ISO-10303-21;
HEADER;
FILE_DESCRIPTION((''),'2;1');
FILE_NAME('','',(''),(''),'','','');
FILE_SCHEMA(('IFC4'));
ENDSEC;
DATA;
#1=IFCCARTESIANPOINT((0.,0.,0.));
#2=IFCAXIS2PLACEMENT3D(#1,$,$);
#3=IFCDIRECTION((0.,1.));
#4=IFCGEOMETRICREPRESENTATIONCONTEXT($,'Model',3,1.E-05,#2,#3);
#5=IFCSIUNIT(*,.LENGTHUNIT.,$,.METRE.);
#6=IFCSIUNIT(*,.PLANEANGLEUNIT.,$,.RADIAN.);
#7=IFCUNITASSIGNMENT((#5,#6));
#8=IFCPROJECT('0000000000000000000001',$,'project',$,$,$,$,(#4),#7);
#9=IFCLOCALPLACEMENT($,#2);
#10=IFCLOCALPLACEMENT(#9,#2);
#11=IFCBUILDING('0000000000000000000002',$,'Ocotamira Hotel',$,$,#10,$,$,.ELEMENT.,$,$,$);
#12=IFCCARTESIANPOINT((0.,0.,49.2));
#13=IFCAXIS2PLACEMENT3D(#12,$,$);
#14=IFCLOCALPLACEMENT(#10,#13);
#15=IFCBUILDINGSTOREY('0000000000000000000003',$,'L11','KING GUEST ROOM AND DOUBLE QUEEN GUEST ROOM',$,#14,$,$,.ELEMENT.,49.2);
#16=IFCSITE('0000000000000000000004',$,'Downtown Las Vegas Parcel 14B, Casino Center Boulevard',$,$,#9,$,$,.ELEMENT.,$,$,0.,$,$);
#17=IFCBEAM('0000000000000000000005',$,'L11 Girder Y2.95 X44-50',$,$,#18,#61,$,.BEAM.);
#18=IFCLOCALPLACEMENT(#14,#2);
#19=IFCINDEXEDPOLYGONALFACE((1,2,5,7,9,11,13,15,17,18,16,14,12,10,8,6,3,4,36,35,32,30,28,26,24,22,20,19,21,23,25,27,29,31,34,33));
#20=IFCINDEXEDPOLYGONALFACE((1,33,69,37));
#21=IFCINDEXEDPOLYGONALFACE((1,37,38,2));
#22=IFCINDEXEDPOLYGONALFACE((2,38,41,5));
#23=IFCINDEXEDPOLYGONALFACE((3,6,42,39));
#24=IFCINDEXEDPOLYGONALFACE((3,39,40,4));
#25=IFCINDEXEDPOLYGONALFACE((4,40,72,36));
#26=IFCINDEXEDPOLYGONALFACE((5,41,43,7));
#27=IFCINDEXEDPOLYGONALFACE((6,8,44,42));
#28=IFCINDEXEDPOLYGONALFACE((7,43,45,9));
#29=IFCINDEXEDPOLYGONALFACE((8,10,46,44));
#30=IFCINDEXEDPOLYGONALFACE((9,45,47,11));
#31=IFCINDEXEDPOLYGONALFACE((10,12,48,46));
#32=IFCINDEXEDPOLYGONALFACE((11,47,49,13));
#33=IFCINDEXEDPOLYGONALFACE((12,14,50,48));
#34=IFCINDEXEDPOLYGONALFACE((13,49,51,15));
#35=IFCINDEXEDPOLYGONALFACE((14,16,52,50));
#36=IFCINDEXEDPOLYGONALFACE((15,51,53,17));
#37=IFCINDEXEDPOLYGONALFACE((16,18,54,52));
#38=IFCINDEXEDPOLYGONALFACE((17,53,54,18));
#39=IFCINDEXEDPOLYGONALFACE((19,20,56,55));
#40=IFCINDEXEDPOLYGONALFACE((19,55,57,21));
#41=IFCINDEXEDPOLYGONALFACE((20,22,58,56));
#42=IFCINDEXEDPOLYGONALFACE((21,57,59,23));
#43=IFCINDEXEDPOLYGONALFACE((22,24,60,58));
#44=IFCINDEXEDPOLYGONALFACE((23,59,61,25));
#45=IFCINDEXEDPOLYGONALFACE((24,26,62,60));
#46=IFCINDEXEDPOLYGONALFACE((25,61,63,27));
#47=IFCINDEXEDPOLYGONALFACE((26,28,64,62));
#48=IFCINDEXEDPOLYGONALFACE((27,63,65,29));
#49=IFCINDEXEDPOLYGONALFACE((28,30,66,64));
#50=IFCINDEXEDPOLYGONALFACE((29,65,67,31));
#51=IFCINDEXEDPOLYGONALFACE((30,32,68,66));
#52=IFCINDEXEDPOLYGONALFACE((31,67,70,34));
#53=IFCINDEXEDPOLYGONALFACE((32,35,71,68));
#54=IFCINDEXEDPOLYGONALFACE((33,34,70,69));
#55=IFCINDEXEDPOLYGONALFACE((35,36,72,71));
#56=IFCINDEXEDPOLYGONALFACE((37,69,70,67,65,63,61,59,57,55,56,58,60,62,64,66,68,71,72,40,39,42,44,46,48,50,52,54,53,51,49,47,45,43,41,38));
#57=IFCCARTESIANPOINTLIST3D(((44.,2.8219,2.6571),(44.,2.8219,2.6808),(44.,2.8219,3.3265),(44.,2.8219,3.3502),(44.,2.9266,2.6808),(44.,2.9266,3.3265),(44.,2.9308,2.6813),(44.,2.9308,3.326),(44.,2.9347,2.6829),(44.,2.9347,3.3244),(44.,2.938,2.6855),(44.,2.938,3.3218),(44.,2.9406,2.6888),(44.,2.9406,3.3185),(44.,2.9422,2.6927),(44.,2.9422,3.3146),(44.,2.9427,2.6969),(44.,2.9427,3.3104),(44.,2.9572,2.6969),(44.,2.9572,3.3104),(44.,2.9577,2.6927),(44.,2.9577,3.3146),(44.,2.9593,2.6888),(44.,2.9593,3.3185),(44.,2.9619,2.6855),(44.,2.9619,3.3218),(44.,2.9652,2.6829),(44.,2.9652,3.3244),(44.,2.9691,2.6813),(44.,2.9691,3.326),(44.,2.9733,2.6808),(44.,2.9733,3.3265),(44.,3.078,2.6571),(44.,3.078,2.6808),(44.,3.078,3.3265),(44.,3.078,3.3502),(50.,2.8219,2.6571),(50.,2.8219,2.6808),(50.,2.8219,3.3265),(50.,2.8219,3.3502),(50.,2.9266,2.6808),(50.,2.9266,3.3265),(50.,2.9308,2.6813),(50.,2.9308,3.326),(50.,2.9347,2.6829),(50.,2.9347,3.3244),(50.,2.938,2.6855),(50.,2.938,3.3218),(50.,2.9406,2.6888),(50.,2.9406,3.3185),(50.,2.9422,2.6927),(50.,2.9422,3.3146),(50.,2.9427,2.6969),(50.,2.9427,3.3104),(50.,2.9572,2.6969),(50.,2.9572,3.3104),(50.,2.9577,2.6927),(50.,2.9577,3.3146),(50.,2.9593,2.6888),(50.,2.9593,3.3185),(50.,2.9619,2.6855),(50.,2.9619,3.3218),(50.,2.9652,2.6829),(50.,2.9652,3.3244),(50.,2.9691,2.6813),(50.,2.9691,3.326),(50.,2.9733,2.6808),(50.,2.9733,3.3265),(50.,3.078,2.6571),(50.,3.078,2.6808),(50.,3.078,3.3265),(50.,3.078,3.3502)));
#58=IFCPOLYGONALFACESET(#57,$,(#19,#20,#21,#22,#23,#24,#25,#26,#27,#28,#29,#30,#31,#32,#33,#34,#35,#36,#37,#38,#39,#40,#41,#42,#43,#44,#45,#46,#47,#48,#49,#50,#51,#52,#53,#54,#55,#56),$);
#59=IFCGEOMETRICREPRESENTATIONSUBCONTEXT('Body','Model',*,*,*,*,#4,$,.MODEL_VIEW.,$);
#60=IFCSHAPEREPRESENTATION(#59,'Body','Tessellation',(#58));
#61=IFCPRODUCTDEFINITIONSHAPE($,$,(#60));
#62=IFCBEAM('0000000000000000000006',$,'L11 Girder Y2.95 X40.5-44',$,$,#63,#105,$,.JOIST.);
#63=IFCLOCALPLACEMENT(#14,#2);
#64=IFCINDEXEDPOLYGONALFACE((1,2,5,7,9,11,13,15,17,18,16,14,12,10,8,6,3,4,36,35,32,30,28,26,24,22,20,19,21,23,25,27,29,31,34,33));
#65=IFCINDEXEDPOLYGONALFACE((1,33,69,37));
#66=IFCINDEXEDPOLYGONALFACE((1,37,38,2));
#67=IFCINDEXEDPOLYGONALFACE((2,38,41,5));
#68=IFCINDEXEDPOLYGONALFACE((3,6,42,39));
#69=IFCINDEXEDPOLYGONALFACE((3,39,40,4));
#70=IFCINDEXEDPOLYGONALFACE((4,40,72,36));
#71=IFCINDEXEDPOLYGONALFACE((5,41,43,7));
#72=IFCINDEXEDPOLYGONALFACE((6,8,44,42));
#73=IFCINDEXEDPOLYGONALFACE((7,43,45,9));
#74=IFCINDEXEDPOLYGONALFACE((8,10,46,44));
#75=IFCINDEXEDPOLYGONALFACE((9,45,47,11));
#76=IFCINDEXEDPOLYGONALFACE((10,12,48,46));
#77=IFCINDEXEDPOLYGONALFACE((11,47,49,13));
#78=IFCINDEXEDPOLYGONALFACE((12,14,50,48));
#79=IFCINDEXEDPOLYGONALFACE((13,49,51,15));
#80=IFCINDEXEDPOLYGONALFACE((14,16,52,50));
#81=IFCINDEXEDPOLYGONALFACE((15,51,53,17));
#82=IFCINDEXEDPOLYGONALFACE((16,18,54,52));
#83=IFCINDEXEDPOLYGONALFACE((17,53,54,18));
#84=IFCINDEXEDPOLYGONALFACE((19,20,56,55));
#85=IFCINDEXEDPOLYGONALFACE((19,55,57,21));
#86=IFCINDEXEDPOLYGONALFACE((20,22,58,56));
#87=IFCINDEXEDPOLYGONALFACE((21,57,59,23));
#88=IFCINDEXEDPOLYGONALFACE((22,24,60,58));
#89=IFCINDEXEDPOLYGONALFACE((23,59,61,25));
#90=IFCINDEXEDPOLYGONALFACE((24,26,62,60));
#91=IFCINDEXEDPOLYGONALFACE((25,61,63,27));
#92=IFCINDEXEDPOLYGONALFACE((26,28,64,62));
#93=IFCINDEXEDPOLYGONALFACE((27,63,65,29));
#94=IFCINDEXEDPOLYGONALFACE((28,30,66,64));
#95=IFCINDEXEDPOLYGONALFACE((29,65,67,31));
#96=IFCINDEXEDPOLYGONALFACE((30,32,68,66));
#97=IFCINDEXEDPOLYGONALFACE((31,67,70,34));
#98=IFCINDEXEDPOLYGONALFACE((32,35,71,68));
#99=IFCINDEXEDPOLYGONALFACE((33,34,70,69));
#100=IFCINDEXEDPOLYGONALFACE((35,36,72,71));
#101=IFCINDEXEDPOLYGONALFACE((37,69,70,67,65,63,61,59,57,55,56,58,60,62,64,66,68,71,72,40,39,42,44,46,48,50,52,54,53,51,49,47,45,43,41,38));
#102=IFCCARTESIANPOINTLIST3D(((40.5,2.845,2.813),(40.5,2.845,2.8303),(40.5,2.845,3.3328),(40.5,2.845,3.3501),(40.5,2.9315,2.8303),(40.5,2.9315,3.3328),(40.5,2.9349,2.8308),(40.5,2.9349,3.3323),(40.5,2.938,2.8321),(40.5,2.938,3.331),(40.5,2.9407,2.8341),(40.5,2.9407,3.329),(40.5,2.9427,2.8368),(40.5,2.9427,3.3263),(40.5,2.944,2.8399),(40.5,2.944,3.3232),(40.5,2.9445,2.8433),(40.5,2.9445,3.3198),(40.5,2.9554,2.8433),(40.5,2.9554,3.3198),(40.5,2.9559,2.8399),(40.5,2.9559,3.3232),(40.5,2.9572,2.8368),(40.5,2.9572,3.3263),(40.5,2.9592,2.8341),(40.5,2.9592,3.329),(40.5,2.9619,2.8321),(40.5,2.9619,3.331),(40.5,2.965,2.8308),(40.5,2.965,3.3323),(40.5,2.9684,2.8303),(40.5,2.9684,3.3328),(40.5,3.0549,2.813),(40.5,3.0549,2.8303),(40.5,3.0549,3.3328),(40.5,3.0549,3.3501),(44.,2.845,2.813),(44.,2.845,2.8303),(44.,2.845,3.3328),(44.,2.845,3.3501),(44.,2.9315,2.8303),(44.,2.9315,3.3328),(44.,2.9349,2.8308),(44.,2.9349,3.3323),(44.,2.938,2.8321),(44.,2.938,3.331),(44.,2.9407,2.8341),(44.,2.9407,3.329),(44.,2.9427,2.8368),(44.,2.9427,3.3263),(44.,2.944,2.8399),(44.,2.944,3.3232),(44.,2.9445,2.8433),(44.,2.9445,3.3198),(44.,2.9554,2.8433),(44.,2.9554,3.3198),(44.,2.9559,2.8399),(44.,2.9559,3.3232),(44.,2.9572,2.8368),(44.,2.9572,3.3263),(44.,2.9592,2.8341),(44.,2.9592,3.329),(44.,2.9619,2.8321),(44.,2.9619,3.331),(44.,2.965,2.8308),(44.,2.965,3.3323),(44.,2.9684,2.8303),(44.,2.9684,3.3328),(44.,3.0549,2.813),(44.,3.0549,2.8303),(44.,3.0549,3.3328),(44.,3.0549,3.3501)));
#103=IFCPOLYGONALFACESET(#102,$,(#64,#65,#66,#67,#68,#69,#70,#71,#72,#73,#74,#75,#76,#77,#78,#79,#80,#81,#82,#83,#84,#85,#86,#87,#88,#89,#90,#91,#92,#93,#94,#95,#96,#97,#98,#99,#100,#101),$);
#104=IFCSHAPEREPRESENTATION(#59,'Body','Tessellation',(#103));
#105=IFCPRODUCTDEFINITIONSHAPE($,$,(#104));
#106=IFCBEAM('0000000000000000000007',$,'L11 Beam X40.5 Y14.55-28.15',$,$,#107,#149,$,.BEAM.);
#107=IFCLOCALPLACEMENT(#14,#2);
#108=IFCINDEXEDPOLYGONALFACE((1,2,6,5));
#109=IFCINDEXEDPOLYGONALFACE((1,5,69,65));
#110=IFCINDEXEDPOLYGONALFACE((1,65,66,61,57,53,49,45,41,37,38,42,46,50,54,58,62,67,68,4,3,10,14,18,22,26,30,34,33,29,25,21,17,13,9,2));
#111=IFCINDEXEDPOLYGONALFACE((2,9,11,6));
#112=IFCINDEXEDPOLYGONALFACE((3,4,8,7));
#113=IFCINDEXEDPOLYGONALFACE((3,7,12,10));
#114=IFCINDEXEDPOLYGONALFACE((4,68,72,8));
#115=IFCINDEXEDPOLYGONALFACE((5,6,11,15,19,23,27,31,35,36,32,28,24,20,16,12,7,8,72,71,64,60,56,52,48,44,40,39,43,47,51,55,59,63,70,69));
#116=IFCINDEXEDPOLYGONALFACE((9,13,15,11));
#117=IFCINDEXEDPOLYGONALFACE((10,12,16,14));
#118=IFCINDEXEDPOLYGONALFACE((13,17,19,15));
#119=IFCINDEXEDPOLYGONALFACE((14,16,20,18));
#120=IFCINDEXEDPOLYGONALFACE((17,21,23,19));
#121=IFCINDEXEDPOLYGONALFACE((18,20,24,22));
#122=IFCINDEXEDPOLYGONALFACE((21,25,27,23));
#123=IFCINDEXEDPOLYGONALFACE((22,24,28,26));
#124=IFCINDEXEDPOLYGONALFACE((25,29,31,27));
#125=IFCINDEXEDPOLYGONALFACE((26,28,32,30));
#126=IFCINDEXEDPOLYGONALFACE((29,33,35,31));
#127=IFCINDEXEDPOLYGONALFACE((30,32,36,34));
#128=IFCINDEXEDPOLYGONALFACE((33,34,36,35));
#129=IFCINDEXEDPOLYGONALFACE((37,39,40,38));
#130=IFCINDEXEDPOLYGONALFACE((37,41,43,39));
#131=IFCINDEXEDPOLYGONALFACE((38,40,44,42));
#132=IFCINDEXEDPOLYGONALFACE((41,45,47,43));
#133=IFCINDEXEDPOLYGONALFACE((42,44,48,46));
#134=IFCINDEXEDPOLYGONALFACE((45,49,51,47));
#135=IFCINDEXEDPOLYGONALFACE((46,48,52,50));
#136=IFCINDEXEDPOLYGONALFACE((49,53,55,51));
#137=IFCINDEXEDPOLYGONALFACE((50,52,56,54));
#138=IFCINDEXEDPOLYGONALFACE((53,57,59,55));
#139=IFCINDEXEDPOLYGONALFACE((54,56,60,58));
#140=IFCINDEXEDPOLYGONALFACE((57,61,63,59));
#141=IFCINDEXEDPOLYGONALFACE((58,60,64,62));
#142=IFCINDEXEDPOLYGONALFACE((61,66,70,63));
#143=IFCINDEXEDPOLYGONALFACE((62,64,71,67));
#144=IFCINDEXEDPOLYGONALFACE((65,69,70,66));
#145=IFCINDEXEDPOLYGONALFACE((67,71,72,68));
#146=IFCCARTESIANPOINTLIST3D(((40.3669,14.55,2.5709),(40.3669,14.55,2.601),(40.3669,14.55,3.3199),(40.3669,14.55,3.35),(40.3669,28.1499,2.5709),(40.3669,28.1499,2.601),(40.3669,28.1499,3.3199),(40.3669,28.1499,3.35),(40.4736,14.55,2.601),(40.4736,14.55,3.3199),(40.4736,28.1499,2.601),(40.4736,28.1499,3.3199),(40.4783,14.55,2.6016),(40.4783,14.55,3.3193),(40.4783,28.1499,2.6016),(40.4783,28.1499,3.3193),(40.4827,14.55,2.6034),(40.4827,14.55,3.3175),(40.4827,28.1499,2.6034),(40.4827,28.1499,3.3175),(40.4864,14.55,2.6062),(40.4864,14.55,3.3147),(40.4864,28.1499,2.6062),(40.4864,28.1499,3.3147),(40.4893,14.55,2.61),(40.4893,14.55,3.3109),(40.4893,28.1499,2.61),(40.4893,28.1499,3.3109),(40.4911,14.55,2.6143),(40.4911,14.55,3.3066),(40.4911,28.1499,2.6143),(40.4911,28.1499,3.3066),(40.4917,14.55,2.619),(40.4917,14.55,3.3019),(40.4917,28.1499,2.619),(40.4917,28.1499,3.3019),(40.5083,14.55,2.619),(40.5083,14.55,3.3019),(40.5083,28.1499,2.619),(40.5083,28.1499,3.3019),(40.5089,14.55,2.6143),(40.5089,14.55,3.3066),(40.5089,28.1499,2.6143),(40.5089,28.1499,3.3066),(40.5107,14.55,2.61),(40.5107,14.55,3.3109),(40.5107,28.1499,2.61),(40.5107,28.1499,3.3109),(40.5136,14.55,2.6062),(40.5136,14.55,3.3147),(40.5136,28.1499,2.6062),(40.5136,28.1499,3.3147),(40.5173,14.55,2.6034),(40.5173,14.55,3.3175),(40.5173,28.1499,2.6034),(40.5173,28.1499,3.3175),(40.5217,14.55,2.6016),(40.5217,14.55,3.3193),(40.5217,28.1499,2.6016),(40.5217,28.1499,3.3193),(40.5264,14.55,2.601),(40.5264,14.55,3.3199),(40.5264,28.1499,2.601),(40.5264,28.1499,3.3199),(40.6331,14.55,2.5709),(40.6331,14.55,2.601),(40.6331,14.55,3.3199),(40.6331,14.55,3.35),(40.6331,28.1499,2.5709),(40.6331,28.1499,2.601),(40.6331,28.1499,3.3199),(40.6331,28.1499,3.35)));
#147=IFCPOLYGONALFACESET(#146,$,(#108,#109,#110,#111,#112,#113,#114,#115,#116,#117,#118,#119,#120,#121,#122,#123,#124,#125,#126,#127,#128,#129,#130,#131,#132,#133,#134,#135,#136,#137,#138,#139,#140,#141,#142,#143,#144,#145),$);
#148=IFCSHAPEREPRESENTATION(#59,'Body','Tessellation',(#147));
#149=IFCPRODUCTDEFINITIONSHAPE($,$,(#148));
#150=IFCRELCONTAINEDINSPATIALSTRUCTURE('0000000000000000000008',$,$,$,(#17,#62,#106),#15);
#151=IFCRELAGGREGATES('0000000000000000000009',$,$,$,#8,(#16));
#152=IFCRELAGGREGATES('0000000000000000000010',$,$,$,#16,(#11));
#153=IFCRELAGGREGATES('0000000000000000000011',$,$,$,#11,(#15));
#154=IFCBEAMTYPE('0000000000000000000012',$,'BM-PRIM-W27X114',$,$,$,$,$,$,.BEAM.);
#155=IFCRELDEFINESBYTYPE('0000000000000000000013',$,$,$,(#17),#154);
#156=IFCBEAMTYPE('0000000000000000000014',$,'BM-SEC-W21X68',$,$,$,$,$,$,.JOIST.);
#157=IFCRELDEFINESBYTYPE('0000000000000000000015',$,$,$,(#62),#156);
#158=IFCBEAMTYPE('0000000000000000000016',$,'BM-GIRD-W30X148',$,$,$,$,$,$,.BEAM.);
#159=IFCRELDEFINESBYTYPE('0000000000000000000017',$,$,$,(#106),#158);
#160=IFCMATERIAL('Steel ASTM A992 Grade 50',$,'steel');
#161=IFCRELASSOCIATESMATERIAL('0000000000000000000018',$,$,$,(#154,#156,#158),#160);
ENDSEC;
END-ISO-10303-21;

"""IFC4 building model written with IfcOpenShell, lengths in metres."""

from ifc_helpers import new_model, si_unit, direction, frame, origin, origin_2d, place, context, subcontext, project, spatial, i_section, extrude, source, transform, mapped, material, material_profile, profile_set, type_object, element, save


model = new_model("IFC4")

# Units and contexts
model_context = context("Model", 3, precision=1e-05, world=origin(), true_north=direction((0.0, 1.0)))
body_context = subcontext(model_context, "Body", "Model", "MODEL_VIEW")
ifc_project = project(units=[si_unit("LENGTHUNIT", "METRE"), si_unit("PLANEANGLEUNIT", "RADIAN")], contexts=[model_context])

# Site, building, storey
site_placement = place(None, origin())
site = spatial("IfcSite", under=ifc_project, at=site_placement, Name="Downtown Las Vegas Parcel 14B, Casino Center Boulevard", CompositionType="ELEMENT", RefElevation=0.0)
building_placement = place(site_placement, origin())
building = spatial("IfcBuilding", under=site, at=building_placement, Name="Ocotamira Hotel", CompositionType="ELEMENT")
storey_placement = place(building_placement, frame((0.0, 0.0, 49.2)))
storey = spatial("IfcBuildingStorey", under=building, at=storey_placement, Name="L11", Description="KING GUEST ROOM AND DOUBLE QUEEN GUEST ROOM", CompositionType="ELEMENT", Elevation=49.2)

# Beams
ifc_material_1 = material(Name="Steel ASTM A992 Grade 50", Category="steel")
ifc_material_profile_1 = material_profile(ifc_material_1, i_section(OverallWidth=0.2561, OverallDepth=0.6931, WebThickness=0.0144, FlangeThickness=0.0237, FilletRadius=0.0161, at=origin_2d()), Name="W27X114")
ifc_profile_set_1 = profile_set([ifc_material_profile_1], Name="Steel ASTM A992 Grade 50")
beam_type_1 = type_object("IfcBeamType", Name="BM-PRIM-W27X114", PredefinedType="BEAM", material=ifc_profile_set_1)
shared_shape_1 = source(origin(), body_context, "Body", "SweptSolid", [
    extrude(i_section(OverallWidth=0.2561, OverallDepth=0.6931, WebThickness=0.0144, FlangeThickness=0.0237, FilletRadius=0.0161, at=origin_2d()), origin(), (0.0, 0.0, 1.0), 6.0),
])
beam_1_placement = place(storey_placement, frame((44.0, 2.95, 3.0037), z_axis=(1.0, 0.0, 0.0), x_axis=(0.0, 1.0, 0.0)))
element("IfcBeam", 1, at=beam_1_placement, inside=storey, type_object=beam_type_1, Name="L11 Girder Y2.95 X44-50", PredefinedType="BEAM", context=body_context, shape_type="MappedRepresentation", body=[
    mapped(shared_shape_1, transform((0.0, 0.0, 0.0), scale=1.0)),
])
ifc_material_profile_2 = material_profile(ifc_material_1, i_section(OverallWidth=0.21, OverallDepth=0.5371, WebThickness=0.011, FlangeThickness=0.0173, FilletRadius=0.0129, at=origin_2d()), Name="W21X68")
ifc_profile_set_2 = profile_set([ifc_material_profile_2], Name="Steel ASTM A992 Grade 50")
beam_type_2 = type_object("IfcBeamType", Name="BM-SEC-W21X68", PredefinedType="JOIST", material=ifc_profile_set_2)
shared_shape_2 = source(origin(), body_context, "Body", "SweptSolid", [
    extrude(i_section(OverallWidth=0.21, OverallDepth=0.5371, WebThickness=0.011, FlangeThickness=0.0173, FilletRadius=0.0129, at=origin_2d()), origin(), (0.0, 0.0, 1.0), 3.5),
])
beam_2_placement = place(storey_placement, frame((40.5, 2.95, 3.0815), z_axis=(1.0, 0.0, 0.0), x_axis=(0.0, 1.0, 0.0)))
element("IfcBeam", 2, at=beam_2_placement, inside=storey, type_object=beam_type_2, Name="L11 Girder Y2.95 X40.5-44", PredefinedType="JOIST", context=body_context, shape_type="MappedRepresentation", body=[
    mapped(shared_shape_2, transform((0.0, 0.0, 0.0), scale=1.0)),
])
ifc_material_profile_3 = material_profile(ifc_material_1, i_section(OverallWidth=0.2661, OverallDepth=0.7791, WebThickness=0.0166, FlangeThickness=0.03, FilletRadius=0.0181, at=origin_2d()), Name="W30X148")
ifc_profile_set_3 = profile_set([ifc_material_profile_3], Name="Steel ASTM A992 Grade 50")
beam_type_3 = type_object("IfcBeamType", Name="BM-GIRD-W30X148", PredefinedType="BEAM", material=ifc_profile_set_3)
shared_shape_3 = source(origin(), body_context, "Body", "SweptSolid", [
    extrude(i_section(OverallWidth=0.2661, OverallDepth=0.7791, WebThickness=0.0166, FlangeThickness=0.03, FilletRadius=0.0181, at=origin_2d()), origin(), (0.0, 0.0, 1.0), 13.5999),
])
beam_3_placement = place(storey_placement, frame((40.5, 14.55, 2.9604), z_axis=(0.0, 1.0, 0.0), x_axis=(-1.0, 0.0, 0.0)))
element("IfcBeam", 3, at=beam_3_placement, inside=storey, type_object=beam_type_3, Name="L11 Beam X40.5 Y14.55-28.15", PredefinedType="BEAM", context=body_context, shape_type="MappedRepresentation", body=[
    mapped(shared_shape_3, transform((0.0, 0.0, 0.0), scale=1.0)),
])

save(model, "model.ifc")
